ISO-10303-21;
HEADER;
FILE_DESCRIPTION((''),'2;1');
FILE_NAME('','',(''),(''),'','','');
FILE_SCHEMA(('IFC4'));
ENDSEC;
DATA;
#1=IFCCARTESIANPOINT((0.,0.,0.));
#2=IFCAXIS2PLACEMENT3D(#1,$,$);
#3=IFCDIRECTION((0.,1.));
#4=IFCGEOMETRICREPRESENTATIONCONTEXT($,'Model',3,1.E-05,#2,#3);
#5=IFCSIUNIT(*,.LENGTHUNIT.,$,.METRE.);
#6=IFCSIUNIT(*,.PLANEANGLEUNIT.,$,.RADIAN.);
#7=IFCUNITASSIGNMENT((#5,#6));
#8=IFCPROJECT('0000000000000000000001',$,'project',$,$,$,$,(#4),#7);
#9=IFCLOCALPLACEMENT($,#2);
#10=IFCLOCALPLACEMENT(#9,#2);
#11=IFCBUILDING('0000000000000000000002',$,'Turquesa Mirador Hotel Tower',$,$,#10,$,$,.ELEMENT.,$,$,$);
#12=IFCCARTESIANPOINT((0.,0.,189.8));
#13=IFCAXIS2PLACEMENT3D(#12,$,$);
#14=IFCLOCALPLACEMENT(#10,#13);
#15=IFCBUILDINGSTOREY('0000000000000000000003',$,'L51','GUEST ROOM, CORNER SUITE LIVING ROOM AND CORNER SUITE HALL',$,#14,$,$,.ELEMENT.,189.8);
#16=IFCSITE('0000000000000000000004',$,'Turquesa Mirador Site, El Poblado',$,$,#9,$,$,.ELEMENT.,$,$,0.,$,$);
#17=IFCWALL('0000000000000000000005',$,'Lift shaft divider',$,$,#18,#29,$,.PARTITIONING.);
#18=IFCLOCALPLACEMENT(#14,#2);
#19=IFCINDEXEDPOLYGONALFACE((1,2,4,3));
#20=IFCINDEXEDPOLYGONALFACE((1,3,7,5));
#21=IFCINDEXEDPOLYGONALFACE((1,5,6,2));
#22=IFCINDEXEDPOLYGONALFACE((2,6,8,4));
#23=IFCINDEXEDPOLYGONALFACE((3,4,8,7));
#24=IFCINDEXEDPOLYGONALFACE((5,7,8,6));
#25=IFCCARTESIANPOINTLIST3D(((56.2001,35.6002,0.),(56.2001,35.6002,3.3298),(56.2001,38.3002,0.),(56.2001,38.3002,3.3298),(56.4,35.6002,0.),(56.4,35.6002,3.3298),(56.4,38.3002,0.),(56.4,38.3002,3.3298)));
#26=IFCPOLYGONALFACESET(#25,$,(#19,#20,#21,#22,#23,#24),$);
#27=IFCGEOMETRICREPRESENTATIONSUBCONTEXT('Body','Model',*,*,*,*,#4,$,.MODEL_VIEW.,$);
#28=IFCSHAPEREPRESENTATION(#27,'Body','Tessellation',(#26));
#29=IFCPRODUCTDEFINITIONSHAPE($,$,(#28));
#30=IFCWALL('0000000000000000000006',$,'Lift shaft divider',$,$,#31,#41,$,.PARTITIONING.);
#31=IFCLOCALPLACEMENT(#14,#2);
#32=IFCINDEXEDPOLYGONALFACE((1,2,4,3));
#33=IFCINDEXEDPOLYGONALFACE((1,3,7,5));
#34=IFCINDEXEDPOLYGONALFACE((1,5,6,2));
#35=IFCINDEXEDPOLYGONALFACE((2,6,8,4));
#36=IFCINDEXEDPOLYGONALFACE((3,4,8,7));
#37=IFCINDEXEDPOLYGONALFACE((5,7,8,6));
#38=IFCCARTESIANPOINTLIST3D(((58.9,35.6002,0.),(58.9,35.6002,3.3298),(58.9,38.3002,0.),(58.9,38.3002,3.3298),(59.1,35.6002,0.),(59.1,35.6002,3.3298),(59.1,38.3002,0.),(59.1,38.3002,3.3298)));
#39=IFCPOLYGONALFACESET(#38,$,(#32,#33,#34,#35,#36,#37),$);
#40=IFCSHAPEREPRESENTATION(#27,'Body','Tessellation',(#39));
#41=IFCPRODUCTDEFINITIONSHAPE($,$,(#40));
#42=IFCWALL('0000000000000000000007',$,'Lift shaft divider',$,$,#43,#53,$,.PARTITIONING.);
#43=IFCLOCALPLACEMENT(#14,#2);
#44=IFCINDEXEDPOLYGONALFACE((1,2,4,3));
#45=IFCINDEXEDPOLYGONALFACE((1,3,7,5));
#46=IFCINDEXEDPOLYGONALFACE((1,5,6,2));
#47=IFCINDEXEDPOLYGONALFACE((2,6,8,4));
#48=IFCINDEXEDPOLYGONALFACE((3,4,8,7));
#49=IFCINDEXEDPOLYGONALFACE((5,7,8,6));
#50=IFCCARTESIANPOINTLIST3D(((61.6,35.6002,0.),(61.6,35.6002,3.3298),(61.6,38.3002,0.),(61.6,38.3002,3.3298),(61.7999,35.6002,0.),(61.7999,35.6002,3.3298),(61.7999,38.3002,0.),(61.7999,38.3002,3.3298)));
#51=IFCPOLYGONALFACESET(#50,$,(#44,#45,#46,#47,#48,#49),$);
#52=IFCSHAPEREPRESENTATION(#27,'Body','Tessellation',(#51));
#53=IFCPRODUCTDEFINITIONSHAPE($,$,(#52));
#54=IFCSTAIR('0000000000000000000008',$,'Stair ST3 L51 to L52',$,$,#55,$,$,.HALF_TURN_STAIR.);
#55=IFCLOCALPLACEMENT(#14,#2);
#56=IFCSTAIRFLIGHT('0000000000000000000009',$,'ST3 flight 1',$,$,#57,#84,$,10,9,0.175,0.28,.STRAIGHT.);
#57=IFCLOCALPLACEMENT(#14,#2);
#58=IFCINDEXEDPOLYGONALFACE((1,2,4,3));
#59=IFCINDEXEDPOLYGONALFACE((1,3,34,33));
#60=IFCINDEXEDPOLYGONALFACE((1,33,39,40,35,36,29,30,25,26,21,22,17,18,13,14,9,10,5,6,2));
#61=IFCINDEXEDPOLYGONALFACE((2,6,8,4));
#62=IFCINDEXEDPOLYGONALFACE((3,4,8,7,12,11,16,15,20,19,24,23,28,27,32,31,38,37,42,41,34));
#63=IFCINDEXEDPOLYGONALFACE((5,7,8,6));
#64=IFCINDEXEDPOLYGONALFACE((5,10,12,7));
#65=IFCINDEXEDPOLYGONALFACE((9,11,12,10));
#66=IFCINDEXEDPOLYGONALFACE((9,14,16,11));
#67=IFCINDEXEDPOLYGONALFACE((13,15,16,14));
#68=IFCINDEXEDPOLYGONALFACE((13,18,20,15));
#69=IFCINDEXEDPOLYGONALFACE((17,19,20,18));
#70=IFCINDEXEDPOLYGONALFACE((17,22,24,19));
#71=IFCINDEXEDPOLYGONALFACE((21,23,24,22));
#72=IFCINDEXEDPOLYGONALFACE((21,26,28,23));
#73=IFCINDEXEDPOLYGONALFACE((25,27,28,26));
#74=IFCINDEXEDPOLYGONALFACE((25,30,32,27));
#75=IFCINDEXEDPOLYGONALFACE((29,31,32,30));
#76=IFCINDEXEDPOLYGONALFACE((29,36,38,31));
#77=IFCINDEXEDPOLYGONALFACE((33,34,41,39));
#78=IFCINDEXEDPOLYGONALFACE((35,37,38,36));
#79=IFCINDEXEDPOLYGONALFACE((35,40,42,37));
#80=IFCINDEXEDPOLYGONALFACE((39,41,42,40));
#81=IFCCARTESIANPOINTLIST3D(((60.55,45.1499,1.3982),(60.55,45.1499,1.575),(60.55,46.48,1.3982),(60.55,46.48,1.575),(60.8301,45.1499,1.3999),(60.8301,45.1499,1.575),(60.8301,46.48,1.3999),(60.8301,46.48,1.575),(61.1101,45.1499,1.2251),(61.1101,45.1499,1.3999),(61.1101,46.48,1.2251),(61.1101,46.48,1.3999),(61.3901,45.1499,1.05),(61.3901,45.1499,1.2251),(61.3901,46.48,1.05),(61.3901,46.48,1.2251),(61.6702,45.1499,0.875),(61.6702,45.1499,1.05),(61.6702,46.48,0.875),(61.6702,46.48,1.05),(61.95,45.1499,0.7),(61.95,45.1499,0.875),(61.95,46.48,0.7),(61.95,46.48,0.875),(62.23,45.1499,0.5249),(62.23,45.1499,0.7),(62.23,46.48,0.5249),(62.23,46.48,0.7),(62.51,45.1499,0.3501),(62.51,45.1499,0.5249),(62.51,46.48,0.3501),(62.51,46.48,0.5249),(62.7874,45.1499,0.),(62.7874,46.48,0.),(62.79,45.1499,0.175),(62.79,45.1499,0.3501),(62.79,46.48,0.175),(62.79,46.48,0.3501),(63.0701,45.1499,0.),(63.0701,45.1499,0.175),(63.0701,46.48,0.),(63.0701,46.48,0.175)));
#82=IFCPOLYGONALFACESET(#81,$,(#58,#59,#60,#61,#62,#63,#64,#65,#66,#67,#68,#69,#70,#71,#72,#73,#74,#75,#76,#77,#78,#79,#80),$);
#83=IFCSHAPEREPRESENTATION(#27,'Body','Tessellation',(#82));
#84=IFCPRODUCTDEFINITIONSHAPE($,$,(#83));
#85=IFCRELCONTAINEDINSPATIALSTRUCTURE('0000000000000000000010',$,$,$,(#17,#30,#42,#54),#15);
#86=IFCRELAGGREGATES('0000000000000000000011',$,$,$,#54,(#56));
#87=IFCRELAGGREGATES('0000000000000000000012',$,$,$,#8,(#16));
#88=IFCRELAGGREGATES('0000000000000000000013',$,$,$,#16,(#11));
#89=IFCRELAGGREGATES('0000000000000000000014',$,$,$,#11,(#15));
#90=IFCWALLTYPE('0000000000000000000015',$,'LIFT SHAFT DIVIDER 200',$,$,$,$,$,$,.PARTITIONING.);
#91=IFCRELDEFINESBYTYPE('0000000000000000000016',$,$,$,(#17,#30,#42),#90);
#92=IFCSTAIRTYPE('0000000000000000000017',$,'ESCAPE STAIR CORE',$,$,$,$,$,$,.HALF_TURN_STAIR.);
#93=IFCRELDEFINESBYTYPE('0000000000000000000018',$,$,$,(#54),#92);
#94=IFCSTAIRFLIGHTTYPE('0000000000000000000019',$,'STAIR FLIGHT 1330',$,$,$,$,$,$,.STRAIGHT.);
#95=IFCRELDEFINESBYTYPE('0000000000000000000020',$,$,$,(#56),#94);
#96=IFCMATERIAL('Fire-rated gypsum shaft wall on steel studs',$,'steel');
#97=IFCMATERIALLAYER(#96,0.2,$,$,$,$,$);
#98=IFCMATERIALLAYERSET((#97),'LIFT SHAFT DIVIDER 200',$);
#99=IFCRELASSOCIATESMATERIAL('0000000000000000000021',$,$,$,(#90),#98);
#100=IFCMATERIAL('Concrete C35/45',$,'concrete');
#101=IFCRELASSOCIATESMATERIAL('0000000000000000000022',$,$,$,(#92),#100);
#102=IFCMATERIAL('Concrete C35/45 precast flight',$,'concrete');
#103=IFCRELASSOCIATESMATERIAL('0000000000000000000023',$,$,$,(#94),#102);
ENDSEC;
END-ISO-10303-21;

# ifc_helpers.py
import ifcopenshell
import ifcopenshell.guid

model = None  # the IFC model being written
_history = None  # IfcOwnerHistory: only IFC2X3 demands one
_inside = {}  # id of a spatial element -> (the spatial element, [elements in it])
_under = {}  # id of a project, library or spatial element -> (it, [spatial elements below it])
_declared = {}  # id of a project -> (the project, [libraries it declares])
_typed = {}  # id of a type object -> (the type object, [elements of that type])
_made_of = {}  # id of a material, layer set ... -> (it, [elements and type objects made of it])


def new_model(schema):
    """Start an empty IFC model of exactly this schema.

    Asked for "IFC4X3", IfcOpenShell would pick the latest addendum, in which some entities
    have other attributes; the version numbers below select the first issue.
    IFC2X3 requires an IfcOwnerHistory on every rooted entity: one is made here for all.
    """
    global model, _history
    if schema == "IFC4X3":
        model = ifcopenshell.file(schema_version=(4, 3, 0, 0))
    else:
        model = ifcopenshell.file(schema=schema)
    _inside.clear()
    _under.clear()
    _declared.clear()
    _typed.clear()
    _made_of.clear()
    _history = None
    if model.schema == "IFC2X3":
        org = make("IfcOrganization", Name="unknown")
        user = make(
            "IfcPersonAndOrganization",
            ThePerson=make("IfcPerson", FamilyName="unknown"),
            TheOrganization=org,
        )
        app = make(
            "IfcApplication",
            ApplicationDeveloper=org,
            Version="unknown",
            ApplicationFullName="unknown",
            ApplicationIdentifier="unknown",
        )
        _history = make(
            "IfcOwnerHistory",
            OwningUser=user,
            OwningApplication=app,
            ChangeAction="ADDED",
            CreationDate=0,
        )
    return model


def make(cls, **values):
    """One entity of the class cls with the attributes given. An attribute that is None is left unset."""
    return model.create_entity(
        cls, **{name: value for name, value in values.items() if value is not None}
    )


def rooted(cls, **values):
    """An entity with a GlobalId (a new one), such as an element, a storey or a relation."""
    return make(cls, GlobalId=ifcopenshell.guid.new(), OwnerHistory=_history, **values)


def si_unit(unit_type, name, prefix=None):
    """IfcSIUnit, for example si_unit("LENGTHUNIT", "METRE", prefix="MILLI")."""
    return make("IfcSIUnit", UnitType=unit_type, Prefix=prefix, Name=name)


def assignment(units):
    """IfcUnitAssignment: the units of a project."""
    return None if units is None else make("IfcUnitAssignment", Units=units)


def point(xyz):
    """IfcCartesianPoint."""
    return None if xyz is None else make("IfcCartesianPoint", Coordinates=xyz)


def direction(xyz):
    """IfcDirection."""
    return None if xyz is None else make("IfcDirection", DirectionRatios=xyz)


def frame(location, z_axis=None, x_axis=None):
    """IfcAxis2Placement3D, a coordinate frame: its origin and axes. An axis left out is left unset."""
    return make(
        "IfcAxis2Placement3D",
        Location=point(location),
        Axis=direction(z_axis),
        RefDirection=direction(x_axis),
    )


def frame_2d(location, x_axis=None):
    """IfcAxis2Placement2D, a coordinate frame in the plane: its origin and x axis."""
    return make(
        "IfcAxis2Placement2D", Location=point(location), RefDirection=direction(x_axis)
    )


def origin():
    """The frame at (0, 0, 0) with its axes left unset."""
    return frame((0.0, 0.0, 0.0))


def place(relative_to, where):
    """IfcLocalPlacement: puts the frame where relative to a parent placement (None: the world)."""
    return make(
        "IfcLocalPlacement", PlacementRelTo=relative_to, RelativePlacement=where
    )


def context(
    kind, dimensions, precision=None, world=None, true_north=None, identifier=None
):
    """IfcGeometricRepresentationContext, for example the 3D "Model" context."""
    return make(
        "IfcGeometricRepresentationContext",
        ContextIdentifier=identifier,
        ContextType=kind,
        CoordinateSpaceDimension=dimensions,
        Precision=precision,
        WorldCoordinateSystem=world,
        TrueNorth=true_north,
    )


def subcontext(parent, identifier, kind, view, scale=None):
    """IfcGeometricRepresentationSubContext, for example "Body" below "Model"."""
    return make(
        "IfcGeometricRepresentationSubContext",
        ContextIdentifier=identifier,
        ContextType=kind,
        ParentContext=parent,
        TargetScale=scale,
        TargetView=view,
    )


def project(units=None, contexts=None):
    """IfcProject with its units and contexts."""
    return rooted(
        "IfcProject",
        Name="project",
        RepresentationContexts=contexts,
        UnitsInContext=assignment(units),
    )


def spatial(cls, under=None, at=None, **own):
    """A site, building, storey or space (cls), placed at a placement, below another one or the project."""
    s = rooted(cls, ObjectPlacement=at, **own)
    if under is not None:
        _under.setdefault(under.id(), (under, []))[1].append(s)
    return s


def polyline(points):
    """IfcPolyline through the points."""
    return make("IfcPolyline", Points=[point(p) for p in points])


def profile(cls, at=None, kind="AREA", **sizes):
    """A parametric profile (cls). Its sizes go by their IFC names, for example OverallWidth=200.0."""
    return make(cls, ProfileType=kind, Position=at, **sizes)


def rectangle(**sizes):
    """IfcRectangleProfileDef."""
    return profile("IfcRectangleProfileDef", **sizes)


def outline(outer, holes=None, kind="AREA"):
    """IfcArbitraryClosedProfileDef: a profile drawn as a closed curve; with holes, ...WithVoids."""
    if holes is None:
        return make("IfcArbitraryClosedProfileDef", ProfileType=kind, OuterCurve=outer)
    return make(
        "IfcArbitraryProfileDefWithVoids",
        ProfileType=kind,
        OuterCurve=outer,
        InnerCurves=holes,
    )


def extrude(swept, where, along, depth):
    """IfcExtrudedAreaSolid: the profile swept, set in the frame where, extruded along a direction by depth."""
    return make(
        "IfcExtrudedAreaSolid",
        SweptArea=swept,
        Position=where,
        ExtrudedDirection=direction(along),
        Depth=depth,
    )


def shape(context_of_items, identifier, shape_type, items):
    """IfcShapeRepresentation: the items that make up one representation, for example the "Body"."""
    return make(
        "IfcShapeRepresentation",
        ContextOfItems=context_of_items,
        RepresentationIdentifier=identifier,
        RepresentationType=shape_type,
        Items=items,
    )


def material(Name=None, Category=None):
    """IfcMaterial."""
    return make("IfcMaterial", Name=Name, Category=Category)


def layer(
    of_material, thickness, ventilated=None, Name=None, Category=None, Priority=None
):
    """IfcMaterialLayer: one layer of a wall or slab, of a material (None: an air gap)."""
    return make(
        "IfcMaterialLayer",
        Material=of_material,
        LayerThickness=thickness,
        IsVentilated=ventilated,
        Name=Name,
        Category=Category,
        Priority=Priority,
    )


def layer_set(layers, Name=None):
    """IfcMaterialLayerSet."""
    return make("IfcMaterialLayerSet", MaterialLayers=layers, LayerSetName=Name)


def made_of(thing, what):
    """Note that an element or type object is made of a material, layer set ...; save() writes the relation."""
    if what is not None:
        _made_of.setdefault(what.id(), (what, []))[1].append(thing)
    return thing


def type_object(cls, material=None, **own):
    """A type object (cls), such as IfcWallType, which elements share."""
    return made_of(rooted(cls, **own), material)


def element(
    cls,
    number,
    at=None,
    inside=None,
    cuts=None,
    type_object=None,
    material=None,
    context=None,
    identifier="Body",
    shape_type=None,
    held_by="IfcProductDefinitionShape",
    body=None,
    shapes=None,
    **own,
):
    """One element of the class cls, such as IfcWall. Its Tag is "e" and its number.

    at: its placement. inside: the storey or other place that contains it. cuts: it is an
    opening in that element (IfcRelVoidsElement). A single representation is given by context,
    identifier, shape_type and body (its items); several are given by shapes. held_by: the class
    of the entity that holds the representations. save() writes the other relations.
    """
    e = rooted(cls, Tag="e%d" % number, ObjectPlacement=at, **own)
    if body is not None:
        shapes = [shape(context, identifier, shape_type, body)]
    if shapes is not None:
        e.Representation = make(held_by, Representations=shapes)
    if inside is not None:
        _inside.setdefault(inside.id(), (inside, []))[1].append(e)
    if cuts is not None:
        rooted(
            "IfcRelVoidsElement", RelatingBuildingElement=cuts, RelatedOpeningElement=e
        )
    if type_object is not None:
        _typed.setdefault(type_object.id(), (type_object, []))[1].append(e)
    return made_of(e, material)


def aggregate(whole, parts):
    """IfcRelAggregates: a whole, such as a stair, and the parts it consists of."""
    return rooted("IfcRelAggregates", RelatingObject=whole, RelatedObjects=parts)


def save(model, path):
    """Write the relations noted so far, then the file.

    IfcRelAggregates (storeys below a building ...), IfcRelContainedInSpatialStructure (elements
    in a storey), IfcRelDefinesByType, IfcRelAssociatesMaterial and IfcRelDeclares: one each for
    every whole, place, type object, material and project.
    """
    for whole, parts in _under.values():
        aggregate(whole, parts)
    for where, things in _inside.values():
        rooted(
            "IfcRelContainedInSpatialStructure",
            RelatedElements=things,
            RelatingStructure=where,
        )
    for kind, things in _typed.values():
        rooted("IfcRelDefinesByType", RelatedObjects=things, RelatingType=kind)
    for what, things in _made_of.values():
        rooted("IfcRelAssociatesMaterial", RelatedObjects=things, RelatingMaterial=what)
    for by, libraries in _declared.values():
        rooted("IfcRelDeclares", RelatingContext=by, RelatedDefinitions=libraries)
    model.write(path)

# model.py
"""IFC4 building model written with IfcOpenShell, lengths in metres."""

from ifc_helpers import new_model, si_unit, direction, frame, frame_2d, origin, place, context, subcontext, project, spatial, polyline, rectangle, outline, extrude, material, layer, layer_set, type_object, element, aggregate, save


model = new_model("IFC4")

# Units and contexts
model_context = context("Model", 3, precision=1e-05, world=origin(), true_north=direction((0.0, 1.0)))
body_context = subcontext(model_context, "Body", "Model", "MODEL_VIEW")
ifc_project = project(units=[si_unit("LENGTHUNIT", "METRE"), si_unit("PLANEANGLEUNIT", "RADIAN")], contexts=[model_context])

# Site, building, storey
site_placement = place(None, origin())
site = spatial("IfcSite", under=ifc_project, at=site_placement, Name="Turquesa Mirador Site, El Poblado", CompositionType="ELEMENT", RefElevation=0.0)
building_placement = place(site_placement, origin())
building = spatial("IfcBuilding", under=site, at=building_placement, Name="Turquesa Mirador Hotel Tower", CompositionType="ELEMENT")
storey_placement = place(building_placement, frame((0.0, 0.0, 189.8)))
storey = spatial("IfcBuildingStorey", under=building, at=storey_placement, Name="L51", Description="GUEST ROOM, CORNER SUITE LIVING ROOM AND CORNER SUITE HALL", CompositionType="ELEMENT", Elevation=189.8)

# Walls
ifc_material_1 = material(Name="Fire-rated gypsum shaft wall on steel studs", Category="steel")
ifc_layer_1 = layer(ifc_material_1, 0.2)
ifc_layer_set_1 = layer_set([ifc_layer_1], Name="LIFT SHAFT DIVIDER 200")
wall_type_1 = type_object("IfcWallType", Name="LIFT SHAFT DIVIDER 200", PredefinedType="PARTITIONING", material=ifc_layer_set_1)
for number, where, z_axis, x_axis, name in (
    (1, (56.3, 35.6001, 0.0), (0.0, 0.0, 1.0), (0.0, 1.0, 0.0), "Lift shaft divider"),
    (2, (59.0, 35.6001, 0.0), (0.0, 0.0, 1.0), (0.0, 1.0, 0.0), "Lift shaft divider"),
    (3, (61.7, 35.6001, 0.0), (0.0, 0.0, 1.0), (0.0, 1.0, 0.0), "Lift shaft divider"),
):
    element("IfcWall", number, at=place(storey_placement, frame(where, z_axis=z_axis, x_axis=x_axis)), inside=storey, type_object=wall_type_1, Name=name, PredefinedType="PARTITIONING", context=body_context, shape_type="SweptSolid", body=[
        extrude(rectangle(XDim=2.7, YDim=0.2, at=frame_2d((1.3501, 0.0))), origin(), (0.0, 0.0, 1.0), 3.3298),
    ])

# Stair, stair flight
ifc_material_2 = material(Name="Concrete C35/45", Category="concrete")
stair_type = type_object("IfcStairType", Name="ESCAPE STAIR CORE", PredefinedType="HALF_TURN_STAIR", material=ifc_material_2)
stair_placement = place(storey_placement, origin())
stair = element("IfcStair", 4, at=stair_placement, inside=storey, type_object=stair_type, Name="Stair ST3 L51 to L52", PredefinedType="HALF_TURN_STAIR")
ifc_material_3 = material(Name="Concrete C35/45 precast flight", Category="concrete")
stair_flight_type = type_object("IfcStairFlightType", Name="STAIR FLIGHT 1330", PredefinedType="STRAIGHT", material=ifc_material_3)
stair_flight_placement = place(storey_placement, frame((63.0701, 45.8149, 0.0), z_axis=(0.0, 0.0, 1.0), x_axis=(-1.0, 0.0, 0.0)))
stair_flight = element("IfcStairFlight", 5, at=stair_flight_placement, type_object=stair_flight_type, Name="ST3 flight 1", NumberOfRisers=10, NumberOfTreads=9, PredefinedType="STRAIGHT", RiserHeight=0.175, TreadLength=0.28, context=body_context, shape_type="SweptSolid", body=[
    extrude(outline(polyline([(0.0, 0.0), (0.0, 0.175), (0.28, 0.175), (0.28, 0.3501), (0.5601, 0.3501), (0.5601, 0.5249), (0.8401, 0.5249), (0.8401, 0.7), (1.1201, 0.7), (1.1201, 0.875), (1.3999, 0.875), (1.3999, 1.05), (1.6799, 1.05), (1.6799, 1.2251), (1.96, 1.2251), (1.96, 1.3999), (2.24, 1.3999), (2.24, 1.575), (2.52, 1.575), (2.52, 1.75), (2.52, 1.3982), (0.2827, 0.0), (0.0, 0.0)])), frame((0.0, 0.665, 0.0), z_axis=(0.0, -1.0, 0.0), x_axis=(1.0, 0.0, 0.0)), (0.0, 0.0, 1.0), 1.3301),
])
aggregate(stair, [stair_flight])

save(model, "model.ifc")
